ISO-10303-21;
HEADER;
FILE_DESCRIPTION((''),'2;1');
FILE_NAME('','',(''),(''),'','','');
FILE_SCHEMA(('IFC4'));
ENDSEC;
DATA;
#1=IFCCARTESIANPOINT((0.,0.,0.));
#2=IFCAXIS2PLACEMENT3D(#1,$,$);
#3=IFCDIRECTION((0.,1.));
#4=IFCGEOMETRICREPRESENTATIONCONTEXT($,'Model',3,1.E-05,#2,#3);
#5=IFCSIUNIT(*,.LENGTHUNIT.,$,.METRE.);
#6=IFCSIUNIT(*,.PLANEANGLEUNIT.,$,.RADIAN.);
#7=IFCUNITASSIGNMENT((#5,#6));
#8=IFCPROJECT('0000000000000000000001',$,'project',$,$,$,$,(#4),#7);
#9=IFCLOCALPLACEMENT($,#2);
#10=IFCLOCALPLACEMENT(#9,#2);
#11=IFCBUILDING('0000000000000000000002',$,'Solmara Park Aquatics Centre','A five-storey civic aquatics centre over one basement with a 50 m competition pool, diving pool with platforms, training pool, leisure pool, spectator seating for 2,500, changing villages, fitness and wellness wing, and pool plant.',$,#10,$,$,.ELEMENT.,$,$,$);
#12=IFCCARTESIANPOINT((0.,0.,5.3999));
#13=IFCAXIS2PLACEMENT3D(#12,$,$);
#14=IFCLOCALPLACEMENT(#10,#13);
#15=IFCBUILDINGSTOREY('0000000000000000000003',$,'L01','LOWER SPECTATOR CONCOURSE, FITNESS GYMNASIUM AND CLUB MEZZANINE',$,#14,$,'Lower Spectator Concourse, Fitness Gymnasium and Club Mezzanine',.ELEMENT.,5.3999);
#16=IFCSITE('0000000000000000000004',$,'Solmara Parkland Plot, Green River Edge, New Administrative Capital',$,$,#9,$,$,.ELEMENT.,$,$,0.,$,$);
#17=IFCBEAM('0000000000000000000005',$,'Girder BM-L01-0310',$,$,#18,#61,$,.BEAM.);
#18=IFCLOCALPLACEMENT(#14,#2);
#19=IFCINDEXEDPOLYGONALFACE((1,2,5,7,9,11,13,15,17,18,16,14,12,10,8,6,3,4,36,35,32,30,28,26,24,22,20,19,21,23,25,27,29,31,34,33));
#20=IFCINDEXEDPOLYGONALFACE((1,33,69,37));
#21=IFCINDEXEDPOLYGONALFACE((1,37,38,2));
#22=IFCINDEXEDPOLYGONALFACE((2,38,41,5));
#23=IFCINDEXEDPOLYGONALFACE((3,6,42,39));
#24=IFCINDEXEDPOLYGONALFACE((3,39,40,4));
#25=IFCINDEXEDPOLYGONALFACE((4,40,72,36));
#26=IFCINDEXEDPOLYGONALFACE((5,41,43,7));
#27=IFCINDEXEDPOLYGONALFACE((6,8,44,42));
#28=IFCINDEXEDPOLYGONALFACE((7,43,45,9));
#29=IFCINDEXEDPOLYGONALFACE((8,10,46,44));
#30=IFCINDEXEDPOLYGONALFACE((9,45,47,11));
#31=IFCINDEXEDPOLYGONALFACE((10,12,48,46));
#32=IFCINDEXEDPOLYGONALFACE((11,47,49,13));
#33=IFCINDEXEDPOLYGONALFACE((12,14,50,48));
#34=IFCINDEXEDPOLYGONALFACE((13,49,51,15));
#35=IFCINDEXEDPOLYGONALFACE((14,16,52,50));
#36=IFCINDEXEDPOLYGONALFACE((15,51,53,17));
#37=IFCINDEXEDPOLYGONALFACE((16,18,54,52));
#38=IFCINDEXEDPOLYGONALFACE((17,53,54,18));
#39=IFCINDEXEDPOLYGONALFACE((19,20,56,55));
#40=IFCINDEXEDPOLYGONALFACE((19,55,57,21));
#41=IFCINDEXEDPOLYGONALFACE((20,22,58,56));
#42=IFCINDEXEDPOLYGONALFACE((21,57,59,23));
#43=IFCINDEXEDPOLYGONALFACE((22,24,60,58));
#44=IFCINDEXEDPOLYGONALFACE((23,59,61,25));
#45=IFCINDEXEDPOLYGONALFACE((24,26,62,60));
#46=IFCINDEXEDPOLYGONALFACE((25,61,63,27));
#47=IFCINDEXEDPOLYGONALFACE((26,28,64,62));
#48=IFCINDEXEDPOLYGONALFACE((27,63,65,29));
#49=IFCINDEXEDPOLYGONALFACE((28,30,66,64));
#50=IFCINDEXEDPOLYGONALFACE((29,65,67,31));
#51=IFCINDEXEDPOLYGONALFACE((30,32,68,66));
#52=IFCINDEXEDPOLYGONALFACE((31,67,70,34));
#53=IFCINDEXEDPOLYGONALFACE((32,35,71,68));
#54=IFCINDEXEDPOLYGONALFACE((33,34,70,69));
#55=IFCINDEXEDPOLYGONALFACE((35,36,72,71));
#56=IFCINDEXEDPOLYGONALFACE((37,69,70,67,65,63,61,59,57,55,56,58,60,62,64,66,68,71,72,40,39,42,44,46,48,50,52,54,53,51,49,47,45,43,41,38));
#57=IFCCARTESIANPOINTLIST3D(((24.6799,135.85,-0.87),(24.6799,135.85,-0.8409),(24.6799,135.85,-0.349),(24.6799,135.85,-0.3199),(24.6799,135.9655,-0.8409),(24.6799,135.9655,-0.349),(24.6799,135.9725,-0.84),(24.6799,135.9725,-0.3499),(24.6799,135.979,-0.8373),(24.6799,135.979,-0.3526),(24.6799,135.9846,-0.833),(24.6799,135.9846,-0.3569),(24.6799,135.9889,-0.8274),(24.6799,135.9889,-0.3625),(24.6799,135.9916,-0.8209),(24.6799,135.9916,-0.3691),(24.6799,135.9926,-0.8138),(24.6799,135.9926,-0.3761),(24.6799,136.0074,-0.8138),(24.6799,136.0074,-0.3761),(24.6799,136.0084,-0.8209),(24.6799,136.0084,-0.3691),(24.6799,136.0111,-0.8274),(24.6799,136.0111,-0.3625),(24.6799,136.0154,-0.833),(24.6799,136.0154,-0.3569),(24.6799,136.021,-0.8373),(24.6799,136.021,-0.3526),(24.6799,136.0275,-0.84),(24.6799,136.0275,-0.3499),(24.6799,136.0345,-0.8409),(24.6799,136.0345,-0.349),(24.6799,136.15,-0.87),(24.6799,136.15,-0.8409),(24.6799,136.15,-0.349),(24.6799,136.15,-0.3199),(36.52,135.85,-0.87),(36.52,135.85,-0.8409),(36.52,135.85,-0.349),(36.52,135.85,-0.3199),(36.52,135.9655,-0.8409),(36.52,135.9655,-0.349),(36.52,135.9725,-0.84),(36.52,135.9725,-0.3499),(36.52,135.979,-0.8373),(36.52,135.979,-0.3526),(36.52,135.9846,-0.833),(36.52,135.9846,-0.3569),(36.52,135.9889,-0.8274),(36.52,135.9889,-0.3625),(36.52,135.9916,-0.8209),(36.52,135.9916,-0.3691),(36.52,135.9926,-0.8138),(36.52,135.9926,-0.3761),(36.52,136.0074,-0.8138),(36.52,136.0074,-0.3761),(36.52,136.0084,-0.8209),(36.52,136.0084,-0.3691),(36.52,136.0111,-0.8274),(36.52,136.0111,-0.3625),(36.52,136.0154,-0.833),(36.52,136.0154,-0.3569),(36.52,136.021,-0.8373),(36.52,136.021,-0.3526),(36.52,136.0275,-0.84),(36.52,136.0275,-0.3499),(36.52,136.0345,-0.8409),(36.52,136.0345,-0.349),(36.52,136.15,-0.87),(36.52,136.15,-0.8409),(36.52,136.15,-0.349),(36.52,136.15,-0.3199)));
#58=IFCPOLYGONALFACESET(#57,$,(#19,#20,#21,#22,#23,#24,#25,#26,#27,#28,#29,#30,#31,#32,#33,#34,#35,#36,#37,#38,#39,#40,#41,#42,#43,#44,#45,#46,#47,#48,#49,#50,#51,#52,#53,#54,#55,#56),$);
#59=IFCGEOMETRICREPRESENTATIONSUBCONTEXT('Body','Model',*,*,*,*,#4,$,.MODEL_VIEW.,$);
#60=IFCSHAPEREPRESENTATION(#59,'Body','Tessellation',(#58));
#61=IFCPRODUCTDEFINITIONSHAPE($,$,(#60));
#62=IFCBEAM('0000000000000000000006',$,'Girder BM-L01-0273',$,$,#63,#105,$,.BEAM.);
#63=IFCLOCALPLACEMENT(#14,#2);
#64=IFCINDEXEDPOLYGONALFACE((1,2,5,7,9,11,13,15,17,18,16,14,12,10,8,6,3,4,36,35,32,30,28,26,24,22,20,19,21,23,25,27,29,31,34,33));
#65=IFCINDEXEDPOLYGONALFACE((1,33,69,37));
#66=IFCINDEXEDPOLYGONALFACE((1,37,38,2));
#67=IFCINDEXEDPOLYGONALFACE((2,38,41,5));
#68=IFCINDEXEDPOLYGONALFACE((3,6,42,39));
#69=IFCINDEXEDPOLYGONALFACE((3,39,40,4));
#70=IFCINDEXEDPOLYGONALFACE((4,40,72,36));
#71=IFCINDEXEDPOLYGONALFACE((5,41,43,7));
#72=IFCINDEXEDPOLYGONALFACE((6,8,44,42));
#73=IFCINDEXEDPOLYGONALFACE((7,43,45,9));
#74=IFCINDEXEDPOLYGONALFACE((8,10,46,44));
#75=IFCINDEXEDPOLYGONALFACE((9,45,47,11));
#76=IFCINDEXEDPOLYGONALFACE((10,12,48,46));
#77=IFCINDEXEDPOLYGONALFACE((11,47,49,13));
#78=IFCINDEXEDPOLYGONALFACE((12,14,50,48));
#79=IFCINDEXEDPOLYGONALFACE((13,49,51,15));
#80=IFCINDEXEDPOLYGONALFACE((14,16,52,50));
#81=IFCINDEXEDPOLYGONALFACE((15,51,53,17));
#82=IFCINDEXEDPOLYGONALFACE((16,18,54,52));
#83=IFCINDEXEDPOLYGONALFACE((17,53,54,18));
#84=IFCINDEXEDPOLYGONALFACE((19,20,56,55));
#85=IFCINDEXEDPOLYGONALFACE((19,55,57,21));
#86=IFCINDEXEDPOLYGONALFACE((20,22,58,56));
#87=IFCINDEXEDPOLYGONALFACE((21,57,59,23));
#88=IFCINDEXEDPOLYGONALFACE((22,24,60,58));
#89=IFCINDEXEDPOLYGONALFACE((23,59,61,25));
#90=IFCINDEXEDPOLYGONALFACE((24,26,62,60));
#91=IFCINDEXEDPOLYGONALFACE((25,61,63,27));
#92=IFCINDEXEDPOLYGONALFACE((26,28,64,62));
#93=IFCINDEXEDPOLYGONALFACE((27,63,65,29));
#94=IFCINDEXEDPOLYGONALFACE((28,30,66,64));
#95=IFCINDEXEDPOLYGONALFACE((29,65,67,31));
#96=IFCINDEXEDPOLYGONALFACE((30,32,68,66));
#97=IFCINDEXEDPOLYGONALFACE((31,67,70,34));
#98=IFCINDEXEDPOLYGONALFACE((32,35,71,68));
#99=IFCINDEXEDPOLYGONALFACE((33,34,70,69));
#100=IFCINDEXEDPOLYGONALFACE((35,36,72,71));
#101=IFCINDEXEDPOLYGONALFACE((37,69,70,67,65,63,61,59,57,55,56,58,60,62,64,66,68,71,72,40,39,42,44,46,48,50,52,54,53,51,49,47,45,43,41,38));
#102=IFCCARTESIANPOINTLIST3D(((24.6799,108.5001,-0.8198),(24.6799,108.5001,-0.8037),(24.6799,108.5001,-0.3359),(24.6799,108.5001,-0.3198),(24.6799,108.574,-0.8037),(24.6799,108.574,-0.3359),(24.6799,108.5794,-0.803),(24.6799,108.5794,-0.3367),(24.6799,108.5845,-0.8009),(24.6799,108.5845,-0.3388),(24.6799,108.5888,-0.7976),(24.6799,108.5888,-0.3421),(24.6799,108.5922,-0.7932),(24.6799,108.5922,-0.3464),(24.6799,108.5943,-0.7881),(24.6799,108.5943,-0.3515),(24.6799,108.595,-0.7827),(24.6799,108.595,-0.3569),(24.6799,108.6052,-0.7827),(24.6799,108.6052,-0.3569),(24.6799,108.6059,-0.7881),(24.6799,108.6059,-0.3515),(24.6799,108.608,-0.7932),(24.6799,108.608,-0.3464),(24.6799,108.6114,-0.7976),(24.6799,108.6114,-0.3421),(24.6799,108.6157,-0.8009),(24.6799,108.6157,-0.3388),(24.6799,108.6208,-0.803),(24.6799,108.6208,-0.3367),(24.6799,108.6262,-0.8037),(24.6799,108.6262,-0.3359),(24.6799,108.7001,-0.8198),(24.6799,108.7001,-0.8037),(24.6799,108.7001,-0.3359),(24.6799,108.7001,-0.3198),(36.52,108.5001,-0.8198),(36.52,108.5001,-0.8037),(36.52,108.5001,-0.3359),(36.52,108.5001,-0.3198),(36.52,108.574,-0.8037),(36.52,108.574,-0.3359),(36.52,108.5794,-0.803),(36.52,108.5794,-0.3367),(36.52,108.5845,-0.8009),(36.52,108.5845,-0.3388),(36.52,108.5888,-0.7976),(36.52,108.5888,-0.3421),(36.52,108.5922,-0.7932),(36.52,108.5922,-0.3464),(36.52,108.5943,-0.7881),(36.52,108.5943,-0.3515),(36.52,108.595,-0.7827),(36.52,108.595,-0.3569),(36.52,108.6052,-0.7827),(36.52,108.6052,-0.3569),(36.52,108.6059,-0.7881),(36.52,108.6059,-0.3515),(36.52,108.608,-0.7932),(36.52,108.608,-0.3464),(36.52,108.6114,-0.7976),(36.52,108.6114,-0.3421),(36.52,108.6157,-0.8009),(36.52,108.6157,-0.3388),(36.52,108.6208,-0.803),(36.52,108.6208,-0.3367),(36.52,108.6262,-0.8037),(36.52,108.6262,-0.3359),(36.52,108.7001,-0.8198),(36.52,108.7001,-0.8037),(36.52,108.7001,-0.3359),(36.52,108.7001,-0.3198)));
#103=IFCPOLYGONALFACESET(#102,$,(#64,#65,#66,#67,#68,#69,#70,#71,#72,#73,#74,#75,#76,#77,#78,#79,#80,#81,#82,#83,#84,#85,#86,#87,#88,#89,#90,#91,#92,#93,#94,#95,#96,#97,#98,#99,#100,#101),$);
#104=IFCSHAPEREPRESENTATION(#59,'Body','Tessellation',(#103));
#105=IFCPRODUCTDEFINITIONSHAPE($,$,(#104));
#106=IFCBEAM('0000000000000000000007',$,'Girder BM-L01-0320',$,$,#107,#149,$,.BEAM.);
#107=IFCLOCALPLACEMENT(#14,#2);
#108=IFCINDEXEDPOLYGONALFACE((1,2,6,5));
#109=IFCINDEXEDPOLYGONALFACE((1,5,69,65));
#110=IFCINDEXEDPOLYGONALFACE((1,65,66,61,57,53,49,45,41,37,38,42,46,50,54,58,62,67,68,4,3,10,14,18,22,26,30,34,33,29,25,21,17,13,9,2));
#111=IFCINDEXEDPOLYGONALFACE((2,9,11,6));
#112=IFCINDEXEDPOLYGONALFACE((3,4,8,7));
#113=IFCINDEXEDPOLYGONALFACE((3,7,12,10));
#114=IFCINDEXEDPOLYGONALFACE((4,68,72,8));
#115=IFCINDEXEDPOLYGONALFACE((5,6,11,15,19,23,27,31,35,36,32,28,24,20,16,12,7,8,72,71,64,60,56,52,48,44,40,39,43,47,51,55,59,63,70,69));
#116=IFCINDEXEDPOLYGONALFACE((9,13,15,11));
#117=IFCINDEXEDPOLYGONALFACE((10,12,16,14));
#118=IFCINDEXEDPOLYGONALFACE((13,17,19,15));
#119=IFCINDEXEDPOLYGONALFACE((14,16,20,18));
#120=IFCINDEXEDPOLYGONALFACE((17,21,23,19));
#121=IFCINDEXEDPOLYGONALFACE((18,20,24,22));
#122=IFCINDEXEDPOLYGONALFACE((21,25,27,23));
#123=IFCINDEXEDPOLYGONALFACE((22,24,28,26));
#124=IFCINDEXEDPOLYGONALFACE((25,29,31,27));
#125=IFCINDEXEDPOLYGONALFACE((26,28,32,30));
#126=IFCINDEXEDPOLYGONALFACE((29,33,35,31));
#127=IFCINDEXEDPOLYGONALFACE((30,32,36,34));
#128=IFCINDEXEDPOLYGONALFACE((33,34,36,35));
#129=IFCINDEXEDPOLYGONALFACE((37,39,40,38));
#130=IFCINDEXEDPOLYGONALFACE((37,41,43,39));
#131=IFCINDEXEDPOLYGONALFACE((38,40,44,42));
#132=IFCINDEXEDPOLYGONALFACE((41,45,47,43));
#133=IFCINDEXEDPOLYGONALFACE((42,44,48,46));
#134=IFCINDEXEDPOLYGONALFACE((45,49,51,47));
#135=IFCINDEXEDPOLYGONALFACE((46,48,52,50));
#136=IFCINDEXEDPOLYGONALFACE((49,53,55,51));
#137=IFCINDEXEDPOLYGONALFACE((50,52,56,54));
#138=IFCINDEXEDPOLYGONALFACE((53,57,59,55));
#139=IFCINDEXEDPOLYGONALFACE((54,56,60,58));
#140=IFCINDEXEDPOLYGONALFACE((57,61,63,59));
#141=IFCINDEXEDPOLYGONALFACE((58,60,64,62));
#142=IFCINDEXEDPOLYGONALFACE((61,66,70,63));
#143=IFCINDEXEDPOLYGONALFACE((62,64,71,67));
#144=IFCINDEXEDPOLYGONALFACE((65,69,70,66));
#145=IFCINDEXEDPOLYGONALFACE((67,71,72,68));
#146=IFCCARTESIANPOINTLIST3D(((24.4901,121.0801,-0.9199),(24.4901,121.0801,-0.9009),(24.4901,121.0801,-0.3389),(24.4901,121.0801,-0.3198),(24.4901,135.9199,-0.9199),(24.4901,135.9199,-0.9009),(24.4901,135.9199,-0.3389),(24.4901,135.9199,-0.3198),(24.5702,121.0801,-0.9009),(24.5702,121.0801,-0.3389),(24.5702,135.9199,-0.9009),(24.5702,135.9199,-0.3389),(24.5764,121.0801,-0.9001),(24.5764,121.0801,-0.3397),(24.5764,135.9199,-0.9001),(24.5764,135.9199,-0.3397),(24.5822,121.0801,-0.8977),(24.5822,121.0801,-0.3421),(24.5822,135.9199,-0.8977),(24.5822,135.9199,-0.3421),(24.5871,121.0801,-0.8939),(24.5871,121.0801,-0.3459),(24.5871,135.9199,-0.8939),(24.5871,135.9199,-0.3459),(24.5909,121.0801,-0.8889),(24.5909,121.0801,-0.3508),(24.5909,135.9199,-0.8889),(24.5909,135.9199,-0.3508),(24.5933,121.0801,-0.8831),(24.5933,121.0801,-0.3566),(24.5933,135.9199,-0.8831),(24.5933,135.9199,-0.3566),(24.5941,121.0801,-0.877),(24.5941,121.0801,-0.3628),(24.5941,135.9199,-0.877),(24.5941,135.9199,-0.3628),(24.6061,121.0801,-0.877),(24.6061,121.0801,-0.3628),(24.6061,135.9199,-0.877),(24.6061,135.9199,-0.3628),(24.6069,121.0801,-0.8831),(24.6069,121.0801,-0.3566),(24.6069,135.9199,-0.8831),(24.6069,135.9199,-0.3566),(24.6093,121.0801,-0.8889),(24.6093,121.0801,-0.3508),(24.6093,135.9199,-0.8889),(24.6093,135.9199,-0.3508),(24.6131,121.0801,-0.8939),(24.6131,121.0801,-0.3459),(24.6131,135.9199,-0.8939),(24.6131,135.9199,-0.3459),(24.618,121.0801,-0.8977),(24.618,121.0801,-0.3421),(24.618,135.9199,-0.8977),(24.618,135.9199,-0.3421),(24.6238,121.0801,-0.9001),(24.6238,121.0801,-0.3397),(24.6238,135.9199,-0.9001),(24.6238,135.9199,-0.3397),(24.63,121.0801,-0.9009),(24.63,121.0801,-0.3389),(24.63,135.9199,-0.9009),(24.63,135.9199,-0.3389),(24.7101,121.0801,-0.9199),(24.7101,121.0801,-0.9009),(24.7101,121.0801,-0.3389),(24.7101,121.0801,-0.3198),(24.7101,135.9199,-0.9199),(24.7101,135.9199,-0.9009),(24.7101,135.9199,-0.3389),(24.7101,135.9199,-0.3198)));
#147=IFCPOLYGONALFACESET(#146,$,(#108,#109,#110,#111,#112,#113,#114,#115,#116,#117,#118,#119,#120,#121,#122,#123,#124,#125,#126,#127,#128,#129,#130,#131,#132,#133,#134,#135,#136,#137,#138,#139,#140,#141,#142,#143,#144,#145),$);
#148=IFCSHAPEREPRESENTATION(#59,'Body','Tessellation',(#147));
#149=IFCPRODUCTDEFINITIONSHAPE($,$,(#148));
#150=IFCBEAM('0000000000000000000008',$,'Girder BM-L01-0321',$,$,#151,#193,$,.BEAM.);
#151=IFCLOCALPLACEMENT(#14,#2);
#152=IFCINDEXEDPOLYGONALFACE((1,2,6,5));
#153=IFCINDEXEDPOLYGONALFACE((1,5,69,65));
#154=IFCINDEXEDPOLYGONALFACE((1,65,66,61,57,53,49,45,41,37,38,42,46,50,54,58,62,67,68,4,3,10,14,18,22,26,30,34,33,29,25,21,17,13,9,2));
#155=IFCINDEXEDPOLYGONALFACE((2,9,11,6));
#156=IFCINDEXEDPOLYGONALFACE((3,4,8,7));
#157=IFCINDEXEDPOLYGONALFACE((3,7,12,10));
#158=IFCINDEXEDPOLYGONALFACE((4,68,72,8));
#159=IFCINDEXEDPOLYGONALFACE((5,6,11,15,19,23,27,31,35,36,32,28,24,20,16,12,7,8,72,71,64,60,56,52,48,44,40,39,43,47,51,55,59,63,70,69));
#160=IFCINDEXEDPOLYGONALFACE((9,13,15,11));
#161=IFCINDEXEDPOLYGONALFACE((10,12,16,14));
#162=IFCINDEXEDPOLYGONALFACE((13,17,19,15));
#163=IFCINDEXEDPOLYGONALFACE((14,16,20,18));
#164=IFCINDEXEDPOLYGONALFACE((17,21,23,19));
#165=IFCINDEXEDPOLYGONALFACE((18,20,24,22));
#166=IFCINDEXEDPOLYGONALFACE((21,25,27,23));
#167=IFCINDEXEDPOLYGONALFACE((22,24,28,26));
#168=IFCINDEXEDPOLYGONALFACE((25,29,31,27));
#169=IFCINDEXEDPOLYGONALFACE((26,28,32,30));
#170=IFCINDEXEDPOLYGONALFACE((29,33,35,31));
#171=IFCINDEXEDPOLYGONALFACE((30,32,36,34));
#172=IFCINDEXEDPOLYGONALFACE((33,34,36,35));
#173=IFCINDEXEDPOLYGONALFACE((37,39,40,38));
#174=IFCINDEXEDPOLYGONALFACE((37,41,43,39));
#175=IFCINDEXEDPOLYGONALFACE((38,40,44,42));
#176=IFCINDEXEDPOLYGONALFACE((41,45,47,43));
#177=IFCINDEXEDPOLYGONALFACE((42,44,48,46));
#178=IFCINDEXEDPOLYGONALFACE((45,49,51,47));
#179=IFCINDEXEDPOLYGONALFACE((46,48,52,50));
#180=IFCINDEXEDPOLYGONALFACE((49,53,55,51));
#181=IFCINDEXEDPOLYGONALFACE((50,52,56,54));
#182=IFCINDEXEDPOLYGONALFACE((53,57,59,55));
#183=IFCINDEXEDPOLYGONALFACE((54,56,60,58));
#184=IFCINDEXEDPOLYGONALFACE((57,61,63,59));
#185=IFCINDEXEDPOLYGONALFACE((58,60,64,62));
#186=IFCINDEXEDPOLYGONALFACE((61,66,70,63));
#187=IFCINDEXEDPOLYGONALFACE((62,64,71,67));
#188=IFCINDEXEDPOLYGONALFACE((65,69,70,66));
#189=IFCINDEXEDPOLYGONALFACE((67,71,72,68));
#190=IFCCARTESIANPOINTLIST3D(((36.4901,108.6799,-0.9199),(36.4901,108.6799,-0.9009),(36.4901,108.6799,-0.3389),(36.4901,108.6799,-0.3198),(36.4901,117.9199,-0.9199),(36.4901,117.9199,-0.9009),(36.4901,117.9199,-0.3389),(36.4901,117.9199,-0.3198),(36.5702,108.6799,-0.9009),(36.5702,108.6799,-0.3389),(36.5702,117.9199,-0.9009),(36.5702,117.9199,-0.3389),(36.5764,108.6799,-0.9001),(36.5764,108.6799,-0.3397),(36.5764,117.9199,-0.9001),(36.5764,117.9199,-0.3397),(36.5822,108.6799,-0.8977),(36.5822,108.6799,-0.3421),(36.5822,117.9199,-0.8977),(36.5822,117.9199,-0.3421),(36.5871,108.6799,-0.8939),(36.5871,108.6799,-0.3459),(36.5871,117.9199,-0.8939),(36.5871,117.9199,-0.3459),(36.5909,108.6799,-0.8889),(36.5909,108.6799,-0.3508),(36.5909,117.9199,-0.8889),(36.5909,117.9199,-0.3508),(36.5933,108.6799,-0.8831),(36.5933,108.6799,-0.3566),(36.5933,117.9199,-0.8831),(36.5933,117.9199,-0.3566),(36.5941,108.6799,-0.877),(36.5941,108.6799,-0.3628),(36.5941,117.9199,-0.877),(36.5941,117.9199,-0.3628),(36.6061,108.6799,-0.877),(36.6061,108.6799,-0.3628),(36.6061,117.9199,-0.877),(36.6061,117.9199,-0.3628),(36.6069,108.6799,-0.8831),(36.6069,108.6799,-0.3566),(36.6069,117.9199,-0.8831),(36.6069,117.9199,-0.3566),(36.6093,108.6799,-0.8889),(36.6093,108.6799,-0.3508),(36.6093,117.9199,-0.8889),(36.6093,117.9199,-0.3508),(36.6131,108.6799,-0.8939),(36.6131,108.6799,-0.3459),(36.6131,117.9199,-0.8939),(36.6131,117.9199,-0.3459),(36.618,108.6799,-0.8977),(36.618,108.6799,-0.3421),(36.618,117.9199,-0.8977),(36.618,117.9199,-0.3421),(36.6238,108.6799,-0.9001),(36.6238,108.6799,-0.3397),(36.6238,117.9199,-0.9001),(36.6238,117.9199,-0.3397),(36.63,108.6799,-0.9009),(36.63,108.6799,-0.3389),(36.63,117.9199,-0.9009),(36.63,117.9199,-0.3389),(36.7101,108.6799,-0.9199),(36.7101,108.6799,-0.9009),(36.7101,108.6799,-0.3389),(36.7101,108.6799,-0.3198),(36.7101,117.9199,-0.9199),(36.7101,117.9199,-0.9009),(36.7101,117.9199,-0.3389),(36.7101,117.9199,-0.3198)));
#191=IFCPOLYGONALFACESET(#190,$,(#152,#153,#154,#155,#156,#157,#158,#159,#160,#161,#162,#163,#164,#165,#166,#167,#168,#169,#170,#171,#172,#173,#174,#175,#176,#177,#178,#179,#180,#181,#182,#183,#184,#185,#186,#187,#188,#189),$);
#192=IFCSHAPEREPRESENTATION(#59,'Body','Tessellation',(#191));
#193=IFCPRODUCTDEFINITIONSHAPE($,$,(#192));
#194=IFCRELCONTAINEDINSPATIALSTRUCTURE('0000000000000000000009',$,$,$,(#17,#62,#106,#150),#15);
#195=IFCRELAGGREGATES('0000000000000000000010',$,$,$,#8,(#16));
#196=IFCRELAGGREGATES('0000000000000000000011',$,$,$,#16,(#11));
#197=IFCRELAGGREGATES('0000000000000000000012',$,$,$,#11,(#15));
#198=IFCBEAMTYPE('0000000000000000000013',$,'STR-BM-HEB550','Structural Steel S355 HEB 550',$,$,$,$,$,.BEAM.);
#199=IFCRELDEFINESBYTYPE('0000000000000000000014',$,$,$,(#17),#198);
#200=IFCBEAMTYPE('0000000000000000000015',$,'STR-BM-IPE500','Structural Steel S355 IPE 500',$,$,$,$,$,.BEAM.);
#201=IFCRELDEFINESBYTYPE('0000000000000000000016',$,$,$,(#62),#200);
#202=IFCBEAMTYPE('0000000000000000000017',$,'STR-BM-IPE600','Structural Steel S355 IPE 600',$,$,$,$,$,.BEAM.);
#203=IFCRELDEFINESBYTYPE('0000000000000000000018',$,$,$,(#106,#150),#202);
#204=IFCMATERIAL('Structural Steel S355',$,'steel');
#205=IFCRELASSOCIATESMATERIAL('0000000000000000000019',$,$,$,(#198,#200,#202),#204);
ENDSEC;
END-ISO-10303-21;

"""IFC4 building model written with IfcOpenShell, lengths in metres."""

from ifc_helpers import new_model, si_unit, direction, frame, origin, origin_2d, place, context, subcontext, project, spatial, i_section, extrude, material, material_profile, profile_set, type_object, element, save


model = new_model("IFC4")

# Units and contexts
model_context = context("Model", 3, precision=1e-05, world=origin(), true_north=direction((0.0, 1.0)))
body_context = subcontext(model_context, "Body", "Model", "MODEL_VIEW")
ifc_project = project(units=[si_unit("LENGTHUNIT", "METRE"), si_unit("PLANEANGLEUNIT", "RADIAN")], contexts=[model_context])

# Site, building, storey
site_placement = place(None, origin())
site = spatial("IfcSite", under=ifc_project, at=site_placement, Name="Solmara Parkland Plot, Green River Edge, New Administrative Capital", CompositionType="ELEMENT", RefElevation=0.0)
building_placement = place(site_placement, origin())
building = spatial("IfcBuilding", under=site, at=building_placement, Name="Solmara Park Aquatics Centre", Description="A five-storey civic aquatics centre over one basement with a 50 m competition pool, diving pool with platforms, training pool, leisure pool, spectator seating for 2,500, changing villages, fitness and wellness wing, and pool plant.", CompositionType="ELEMENT")
storey_placement = place(building_placement, frame((0.0, 0.0, 5.3999)))
storey = spatial("IfcBuildingStorey", under=building, at=storey_placement, Name="L01", Description="LOWER SPECTATOR CONCOURSE, FITNESS GYMNASIUM AND CLUB MEZZANINE", LongName="Lower Spectator Concourse, Fitness Gymnasium and Club Mezzanine", CompositionType="ELEMENT", Elevation=5.3999)

# Shared definitions
ifc_material_1 = material(Name="Structural Steel S355", Category="steel")

# Beams
ifc_material_profile_1 = material_profile(ifc_material_1, i_section(OverallWidth=0.3, OverallDepth=0.55, WebThickness=0.0149, FlangeThickness=0.0291, FilletRadius=0.0271, at=origin_2d()), Name="HEB 550")
ifc_profile_set_1 = profile_set([ifc_material_profile_1], Name="Structural Steel S355")
beam_type_1 = type_object("IfcBeamType", Name="STR-BM-HEB550", Description="Structural Steel S355 HEB 550", PredefinedType="BEAM", material=ifc_profile_set_1)
for number, where, z_axis, x_axis, name in (
    (1, (24.6799, 136.0, -0.595), (1.0, 0.0, 0.0), (0.0, 1.0, 0.0), "Girder BM-L01-0310"),
):
    element("IfcBeam", number, at=place(storey_placement, frame(where, z_axis=z_axis, x_axis=x_axis)), inside=storey, type_object=beam_type_1, Name=name, PredefinedType="BEAM", context=body_context, shape_type="SweptSolid", body=[
        extrude(i_section(OverallWidth=0.3, OverallDepth=0.55, WebThickness=0.0149, FlangeThickness=0.0291, FilletRadius=0.0271, at=origin_2d()), origin(), (0.0, 0.0, 1.0), 11.8401),
    ])
ifc_material_profile_2 = material_profile(ifc_material_1, i_section(OverallWidth=0.2, OverallDepth=0.5, WebThickness=0.0103, FlangeThickness=0.0161, FilletRadius=0.021, at=origin_2d()), Name="IPE 500")
ifc_profile_set_2 = profile_set([ifc_material_profile_2], Name="Structural Steel S355")
beam_type_2 = type_object("IfcBeamType", Name="STR-BM-IPE500", Description="Structural Steel S355 IPE 500", PredefinedType="BEAM", material=ifc_profile_set_2)
beam_1_placement = place(storey_placement, frame((24.6799, 108.6001, -0.5698), z_axis=(1.0, 0.0, 0.0), x_axis=(0.0, 1.0, 0.0)))
element("IfcBeam", 2, at=beam_1_placement, inside=storey, type_object=beam_type_2, Name="Girder BM-L01-0273", PredefinedType="BEAM", context=body_context, shape_type="SweptSolid", body=[
    extrude(i_section(OverallWidth=0.2, OverallDepth=0.5, WebThickness=0.0103, FlangeThickness=0.0161, FilletRadius=0.021, at=origin_2d()), origin(), (0.0, 0.0, 1.0), 11.8401),
])
ifc_material_profile_3 = material_profile(ifc_material_1, i_section(OverallWidth=0.22, OverallDepth=0.6001, WebThickness=0.012, FlangeThickness=0.019, FilletRadius=0.0239, at=origin_2d()), Name="IPE 600")
ifc_profile_set_3 = profile_set([ifc_material_profile_3], Name="Structural Steel S355")
beam_type_3 = type_object("IfcBeamType", Name="STR-BM-IPE600", Description="Structural Steel S355 IPE 600", PredefinedType="BEAM", material=ifc_profile_set_3)
beam_2_placement = place(storey_placement, frame((24.6001, 121.0801, -0.6199), z_axis=(0.0, 1.0, 0.0), x_axis=(-1.0, 0.0, 0.0)))
element("IfcBeam", 3, at=beam_2_placement, inside=storey, type_object=beam_type_3, Name="Girder BM-L01-0320", PredefinedType="BEAM", context=body_context, shape_type="SweptSolid", body=[
    extrude(i_section(OverallWidth=0.22, OverallDepth=0.6001, WebThickness=0.012, FlangeThickness=0.019, FilletRadius=0.0239, at=origin_2d()), origin(), (0.0, 0.0, 1.0), 14.8398),
])
beam_3_placement = place(storey_placement, frame((36.6001, 108.6799, -0.6199), z_axis=(0.0, 1.0, 0.0), x_axis=(-1.0, 0.0, 0.0)))
element("IfcBeam", 4, at=beam_3_placement, inside=storey, type_object=beam_type_3, Name="Girder BM-L01-0321", PredefinedType="BEAM", context=body_context, shape_type="SweptSolid", body=[
    extrude(i_section(OverallWidth=0.22, OverallDepth=0.6001, WebThickness=0.012, FlangeThickness=0.019, FilletRadius=0.0239, at=origin_2d()), origin(), (0.0, 0.0, 1.0), 9.24),
])

save(model, "model.ifc")
